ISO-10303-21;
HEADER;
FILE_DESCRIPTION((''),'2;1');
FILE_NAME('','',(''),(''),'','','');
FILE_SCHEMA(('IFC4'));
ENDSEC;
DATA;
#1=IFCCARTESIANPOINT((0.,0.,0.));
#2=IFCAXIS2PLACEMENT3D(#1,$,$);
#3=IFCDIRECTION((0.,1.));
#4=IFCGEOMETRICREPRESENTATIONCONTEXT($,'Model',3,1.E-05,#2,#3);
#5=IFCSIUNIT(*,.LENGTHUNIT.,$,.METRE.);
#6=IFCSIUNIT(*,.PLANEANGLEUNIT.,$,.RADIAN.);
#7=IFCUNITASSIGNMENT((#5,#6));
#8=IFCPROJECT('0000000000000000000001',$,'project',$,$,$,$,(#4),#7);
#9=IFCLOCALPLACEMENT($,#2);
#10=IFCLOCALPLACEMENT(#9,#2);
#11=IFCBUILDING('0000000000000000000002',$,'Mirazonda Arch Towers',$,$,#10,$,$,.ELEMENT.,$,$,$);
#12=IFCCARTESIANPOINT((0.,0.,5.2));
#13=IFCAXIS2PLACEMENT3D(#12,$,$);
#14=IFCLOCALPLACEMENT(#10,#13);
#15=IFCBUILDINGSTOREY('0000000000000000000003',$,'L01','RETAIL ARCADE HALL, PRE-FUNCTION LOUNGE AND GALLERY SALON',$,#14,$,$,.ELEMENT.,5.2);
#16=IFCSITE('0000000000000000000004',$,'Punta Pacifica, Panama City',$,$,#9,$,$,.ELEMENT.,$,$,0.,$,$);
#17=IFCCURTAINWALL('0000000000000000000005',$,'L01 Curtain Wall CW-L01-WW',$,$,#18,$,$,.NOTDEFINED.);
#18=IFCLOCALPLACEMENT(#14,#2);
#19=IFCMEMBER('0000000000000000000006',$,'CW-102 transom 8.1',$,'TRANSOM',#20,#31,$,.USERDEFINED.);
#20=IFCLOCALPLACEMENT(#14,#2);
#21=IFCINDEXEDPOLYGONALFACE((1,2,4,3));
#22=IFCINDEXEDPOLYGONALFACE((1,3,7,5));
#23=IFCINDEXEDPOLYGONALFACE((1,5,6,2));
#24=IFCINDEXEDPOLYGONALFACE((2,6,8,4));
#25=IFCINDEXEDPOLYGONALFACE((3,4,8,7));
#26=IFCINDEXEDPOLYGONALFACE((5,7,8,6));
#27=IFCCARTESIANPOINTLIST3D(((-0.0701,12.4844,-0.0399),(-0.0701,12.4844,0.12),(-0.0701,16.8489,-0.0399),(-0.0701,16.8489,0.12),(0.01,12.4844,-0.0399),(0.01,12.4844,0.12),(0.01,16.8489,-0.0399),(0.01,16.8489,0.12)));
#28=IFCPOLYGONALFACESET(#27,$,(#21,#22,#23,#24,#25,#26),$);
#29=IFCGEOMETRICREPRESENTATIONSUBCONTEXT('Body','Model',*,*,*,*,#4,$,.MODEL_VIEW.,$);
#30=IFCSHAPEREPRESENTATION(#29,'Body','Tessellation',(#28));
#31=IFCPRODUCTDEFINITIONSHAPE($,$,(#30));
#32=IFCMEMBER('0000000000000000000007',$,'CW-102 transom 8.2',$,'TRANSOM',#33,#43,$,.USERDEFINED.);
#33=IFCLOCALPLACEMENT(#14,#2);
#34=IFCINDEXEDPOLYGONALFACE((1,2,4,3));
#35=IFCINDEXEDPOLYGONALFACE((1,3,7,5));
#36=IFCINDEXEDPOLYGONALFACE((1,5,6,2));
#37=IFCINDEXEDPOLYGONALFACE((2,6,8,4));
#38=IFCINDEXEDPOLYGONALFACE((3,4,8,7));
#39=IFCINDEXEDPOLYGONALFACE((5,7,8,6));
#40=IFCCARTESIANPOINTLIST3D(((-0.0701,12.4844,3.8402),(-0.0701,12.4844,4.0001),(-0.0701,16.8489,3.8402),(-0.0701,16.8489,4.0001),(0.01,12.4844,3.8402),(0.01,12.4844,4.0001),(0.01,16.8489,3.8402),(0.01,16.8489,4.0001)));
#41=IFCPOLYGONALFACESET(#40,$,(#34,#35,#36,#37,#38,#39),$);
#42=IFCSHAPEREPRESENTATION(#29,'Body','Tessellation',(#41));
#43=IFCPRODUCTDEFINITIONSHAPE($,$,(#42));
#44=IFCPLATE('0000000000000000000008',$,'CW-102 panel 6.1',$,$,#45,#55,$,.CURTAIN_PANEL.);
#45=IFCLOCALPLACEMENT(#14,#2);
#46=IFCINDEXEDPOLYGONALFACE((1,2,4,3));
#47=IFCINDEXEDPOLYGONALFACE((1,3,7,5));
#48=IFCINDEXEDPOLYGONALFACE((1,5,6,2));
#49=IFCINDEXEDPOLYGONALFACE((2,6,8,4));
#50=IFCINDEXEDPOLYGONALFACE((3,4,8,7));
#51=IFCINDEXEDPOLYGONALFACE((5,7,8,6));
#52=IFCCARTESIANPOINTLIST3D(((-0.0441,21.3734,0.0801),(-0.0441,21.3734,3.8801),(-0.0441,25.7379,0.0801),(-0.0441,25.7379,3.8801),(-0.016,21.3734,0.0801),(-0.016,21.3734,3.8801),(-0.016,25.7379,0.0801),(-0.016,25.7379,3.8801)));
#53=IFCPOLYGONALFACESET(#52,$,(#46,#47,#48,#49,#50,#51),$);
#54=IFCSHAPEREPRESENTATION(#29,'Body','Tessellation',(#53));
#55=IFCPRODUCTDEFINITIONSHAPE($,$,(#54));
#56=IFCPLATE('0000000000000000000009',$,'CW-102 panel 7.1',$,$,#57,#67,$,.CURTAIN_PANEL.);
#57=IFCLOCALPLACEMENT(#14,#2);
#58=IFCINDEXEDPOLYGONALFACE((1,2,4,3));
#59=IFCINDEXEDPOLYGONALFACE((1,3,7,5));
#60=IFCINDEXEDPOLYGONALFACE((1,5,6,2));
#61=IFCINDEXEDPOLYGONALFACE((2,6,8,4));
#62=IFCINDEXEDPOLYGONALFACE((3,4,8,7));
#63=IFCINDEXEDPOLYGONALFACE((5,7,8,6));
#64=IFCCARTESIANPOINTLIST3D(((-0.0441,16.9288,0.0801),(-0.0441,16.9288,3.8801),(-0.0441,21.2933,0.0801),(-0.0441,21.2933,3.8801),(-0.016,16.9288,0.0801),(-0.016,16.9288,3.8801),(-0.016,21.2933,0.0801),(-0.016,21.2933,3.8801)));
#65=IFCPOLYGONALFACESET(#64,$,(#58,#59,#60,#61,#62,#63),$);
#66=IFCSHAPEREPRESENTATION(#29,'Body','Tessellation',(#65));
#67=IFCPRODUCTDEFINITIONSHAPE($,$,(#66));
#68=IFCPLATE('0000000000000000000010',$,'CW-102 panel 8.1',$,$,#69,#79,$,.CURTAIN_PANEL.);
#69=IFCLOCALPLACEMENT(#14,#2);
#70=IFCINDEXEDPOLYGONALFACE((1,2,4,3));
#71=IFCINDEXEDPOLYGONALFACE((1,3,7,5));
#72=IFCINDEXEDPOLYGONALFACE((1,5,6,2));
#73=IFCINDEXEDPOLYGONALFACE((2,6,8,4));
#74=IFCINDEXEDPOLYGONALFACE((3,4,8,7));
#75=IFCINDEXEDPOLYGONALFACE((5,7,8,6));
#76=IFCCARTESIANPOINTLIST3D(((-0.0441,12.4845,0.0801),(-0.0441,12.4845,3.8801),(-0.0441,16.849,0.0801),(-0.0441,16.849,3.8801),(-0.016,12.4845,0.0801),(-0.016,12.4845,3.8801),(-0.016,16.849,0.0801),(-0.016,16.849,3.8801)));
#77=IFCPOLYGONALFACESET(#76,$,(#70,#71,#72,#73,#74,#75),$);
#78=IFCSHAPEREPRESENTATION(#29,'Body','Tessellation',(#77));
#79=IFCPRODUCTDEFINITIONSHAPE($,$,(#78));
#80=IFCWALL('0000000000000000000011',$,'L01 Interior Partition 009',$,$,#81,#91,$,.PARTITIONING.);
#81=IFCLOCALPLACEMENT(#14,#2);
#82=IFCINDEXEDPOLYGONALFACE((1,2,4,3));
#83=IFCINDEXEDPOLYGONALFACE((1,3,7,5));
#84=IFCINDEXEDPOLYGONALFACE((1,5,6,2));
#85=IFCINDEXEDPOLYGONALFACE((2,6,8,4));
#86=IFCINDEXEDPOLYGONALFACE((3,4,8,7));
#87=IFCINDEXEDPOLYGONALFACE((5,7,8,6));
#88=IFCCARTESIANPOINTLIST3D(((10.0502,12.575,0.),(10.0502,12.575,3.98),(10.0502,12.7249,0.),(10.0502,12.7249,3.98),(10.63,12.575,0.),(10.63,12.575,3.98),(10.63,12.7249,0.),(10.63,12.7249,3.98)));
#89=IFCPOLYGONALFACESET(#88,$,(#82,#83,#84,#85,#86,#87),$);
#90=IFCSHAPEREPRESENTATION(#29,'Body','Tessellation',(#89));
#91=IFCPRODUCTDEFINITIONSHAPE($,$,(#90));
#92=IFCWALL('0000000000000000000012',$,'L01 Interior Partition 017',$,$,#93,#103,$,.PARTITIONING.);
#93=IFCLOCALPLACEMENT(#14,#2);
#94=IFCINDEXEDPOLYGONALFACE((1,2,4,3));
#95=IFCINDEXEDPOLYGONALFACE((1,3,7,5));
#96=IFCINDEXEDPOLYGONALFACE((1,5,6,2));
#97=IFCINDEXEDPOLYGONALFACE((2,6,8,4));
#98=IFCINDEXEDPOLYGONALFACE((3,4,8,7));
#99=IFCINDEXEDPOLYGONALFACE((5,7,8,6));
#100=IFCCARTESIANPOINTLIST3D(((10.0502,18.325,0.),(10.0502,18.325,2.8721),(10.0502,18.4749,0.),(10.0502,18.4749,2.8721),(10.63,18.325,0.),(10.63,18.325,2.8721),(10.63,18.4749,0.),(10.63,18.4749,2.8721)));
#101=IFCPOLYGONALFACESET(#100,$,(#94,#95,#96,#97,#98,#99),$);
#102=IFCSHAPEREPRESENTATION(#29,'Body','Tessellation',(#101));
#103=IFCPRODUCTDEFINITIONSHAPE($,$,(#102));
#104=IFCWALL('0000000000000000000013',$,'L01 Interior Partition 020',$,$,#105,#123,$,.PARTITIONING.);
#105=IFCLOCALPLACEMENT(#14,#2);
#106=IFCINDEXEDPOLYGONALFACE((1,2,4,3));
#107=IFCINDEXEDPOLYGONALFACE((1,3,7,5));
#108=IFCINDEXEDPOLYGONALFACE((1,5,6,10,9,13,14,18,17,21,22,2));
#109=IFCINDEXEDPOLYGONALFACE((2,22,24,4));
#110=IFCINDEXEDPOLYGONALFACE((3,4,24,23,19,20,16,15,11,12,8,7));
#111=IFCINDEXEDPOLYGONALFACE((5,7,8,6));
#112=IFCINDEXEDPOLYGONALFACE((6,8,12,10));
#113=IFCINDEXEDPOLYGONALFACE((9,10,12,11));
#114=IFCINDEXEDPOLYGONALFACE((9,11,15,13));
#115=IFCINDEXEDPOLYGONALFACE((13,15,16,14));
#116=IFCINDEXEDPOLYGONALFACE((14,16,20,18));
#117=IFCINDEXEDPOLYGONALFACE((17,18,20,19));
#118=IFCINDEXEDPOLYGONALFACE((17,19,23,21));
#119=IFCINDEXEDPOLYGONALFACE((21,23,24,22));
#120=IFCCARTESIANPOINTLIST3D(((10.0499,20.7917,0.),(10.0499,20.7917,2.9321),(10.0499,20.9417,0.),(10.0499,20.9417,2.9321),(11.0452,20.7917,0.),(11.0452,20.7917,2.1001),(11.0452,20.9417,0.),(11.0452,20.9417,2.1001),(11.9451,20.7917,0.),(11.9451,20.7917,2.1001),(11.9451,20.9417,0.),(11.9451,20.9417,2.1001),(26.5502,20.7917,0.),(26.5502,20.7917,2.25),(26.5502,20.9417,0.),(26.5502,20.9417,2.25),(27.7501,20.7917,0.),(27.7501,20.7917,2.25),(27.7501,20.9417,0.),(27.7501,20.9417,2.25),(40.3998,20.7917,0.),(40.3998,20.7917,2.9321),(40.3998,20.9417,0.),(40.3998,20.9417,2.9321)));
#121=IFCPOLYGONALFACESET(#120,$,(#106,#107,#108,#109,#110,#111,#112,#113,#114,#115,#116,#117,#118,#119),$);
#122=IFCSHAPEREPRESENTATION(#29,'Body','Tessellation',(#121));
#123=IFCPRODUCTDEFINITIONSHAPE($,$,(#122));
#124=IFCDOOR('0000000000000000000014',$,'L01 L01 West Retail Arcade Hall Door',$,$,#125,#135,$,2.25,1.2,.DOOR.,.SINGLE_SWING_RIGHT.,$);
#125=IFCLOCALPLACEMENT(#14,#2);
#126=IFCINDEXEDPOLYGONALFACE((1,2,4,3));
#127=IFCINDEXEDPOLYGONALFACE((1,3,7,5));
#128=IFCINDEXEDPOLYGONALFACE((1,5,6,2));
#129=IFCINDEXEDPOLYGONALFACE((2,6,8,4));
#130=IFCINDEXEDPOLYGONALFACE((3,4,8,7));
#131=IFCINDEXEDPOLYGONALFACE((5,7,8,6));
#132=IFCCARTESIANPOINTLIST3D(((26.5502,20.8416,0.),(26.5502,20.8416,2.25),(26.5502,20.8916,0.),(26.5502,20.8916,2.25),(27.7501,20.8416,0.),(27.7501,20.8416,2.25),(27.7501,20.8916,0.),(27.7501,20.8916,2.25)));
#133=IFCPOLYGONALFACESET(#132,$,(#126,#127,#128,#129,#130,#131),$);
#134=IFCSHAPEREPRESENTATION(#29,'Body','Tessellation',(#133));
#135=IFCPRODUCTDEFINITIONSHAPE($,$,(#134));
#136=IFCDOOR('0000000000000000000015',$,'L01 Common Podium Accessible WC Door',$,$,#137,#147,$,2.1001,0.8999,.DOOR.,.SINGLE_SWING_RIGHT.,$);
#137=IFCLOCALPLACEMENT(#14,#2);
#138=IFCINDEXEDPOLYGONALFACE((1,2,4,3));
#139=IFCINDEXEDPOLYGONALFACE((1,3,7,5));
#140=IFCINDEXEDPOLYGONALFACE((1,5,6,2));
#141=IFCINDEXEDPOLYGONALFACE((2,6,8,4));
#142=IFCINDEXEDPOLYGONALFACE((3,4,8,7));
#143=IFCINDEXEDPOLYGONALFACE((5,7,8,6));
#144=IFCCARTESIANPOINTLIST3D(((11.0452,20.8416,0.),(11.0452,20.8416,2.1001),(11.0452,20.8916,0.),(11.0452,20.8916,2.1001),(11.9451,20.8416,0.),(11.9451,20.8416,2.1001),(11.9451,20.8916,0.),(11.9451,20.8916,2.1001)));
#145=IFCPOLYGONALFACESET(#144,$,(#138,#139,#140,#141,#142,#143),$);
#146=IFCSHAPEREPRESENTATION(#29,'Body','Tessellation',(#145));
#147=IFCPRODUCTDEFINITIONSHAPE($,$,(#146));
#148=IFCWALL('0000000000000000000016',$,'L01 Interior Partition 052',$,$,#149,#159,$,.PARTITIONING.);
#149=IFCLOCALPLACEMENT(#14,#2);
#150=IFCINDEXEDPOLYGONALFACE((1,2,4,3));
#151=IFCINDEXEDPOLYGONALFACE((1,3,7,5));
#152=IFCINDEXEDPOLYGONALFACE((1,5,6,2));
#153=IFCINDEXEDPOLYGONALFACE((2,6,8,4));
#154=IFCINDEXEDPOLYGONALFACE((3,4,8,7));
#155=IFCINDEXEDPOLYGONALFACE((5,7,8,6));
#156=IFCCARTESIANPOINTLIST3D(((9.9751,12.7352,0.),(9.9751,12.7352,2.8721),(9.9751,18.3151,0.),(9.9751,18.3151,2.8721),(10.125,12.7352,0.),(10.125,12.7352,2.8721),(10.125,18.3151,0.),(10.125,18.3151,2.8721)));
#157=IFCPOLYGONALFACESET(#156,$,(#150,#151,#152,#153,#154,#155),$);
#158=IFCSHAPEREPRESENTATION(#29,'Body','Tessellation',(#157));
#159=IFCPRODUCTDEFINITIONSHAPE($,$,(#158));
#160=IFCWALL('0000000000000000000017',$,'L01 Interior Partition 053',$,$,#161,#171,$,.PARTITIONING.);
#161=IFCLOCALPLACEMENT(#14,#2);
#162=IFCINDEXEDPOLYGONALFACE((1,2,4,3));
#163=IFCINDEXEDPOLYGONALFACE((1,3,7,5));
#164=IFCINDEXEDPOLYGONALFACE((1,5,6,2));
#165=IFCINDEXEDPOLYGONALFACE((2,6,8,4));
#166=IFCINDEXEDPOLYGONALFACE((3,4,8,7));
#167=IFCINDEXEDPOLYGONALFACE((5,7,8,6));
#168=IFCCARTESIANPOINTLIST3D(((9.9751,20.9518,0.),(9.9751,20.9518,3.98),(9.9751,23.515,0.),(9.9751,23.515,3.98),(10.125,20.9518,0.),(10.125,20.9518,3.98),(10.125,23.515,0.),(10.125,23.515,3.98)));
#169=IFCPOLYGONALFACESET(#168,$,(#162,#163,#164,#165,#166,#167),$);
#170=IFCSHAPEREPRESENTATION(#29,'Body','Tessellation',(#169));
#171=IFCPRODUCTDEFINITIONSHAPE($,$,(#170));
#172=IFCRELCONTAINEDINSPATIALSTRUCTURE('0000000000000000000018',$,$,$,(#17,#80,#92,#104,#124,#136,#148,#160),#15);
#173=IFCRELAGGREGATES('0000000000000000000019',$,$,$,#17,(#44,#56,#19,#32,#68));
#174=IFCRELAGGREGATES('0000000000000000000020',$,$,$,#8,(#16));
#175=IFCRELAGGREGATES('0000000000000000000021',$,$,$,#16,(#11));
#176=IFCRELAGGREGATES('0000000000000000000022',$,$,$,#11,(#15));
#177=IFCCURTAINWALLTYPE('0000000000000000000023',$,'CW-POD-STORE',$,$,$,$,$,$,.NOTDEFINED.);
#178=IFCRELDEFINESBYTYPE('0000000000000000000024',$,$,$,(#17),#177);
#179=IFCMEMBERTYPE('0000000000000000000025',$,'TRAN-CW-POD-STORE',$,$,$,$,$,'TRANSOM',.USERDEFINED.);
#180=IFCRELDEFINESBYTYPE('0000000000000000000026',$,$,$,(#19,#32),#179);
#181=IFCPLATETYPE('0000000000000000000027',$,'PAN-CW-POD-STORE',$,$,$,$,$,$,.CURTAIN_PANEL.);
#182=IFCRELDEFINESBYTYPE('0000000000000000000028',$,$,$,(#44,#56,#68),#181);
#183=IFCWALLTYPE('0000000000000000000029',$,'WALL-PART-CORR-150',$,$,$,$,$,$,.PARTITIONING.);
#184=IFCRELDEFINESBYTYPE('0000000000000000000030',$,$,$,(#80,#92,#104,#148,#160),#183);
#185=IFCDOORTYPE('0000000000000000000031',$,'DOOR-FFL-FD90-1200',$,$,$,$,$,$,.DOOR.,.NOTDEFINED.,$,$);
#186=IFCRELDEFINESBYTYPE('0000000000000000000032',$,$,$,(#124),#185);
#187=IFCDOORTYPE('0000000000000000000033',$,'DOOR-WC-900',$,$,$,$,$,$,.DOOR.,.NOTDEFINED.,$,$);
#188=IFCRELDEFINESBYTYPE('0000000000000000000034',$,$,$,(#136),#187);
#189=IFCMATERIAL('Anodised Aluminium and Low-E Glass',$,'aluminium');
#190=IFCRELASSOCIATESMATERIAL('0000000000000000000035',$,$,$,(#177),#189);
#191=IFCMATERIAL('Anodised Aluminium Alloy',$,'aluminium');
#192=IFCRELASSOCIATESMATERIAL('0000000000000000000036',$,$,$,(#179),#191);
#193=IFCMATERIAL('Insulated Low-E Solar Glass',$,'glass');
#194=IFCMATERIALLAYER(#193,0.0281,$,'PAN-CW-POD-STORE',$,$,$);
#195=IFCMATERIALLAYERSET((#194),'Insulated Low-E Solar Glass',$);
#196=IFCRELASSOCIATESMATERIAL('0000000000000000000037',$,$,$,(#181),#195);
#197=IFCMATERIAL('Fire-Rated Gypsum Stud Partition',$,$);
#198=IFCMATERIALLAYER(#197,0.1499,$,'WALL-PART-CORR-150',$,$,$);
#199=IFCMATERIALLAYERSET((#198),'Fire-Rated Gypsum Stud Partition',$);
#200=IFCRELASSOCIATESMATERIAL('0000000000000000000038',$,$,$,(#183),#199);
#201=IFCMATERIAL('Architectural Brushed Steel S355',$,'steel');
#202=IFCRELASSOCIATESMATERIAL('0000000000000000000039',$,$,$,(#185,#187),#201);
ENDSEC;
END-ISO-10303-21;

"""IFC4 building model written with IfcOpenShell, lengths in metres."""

from ifc_helpers import new_model, si_unit, direction, frame, frame_2d, origin, origin_2d, place, context, subcontext, project, spatial, rectangle, extrude, material, layer, layer_set, material_profile, profile_set, type_object, element, fill, aggregate, save


model = new_model("IFC4")

# Units and contexts
model_context = context("Model", 3, precision=1e-05, world=origin(), true_north=direction((0.0, 1.0)))
body_context = subcontext(model_context, "Body", "Model", "MODEL_VIEW")
ifc_project = project(units=[si_unit("LENGTHUNIT", "METRE"), si_unit("PLANEANGLEUNIT", "RADIAN")], contexts=[model_context])

# Site, building, storey
site_placement = place(None, origin())
site = spatial("IfcSite", under=ifc_project, at=site_placement, Name="Punta Pacifica, Panama City", CompositionType="ELEMENT", RefElevation=0.0)
building_placement = place(site_placement, origin())
building = spatial("IfcBuilding", under=site, at=building_placement, Name="Mirazonda Arch Towers", CompositionType="ELEMENT")
storey_placement = place(building_placement, frame((0.0, 0.0, 5.2)))
storey = spatial("IfcBuildingStorey", under=building, at=storey_placement, Name="L01", Description="RETAIL ARCADE HALL, PRE-FUNCTION LOUNGE AND GALLERY SALON", CompositionType="ELEMENT", Elevation=5.2)

# Curtain wall, members, plates
ifc_material_1 = material(Name="Anodised Aluminium and Low-E Glass", Category="aluminium")
curtain_wall_type = type_object("IfcCurtainWallType", Name="CW-POD-STORE", PredefinedType="NOTDEFINED", material=ifc_material_1)
curtain_wall_placement = place(storey_placement, origin())
curtain_wall = element("IfcCurtainWall", 1, at=curtain_wall_placement, inside=storey, type_object=curtain_wall_type, Name="L01 Curtain Wall CW-L01-WW", PredefinedType="NOTDEFINED")
ifc_material_2 = material(Name="Anodised Aluminium Alloy", Category="aluminium")
ifc_material_profile_1 = material_profile(ifc_material_2, rectangle(XDim=0.0801, YDim=0.1599, at=origin_2d()), Name="ALU-TRAN-80x160")
ifc_profile_set_1 = profile_set([ifc_material_profile_1], Name="Anodised Aluminium Alloy")
member_type_1 = type_object("IfcMemberType", Name="TRAN-CW-POD-STORE", ElementType="TRANSOM", PredefinedType="USERDEFINED", material=ifc_profile_set_1)
member_1_placement = place(storey_placement, frame((-0.03, 16.8489, 0.04), z_axis=(0.0, -1.0, 0.0), x_axis=(1.0, 0.0, 0.0)))
member_1 = element("IfcMember", 2, at=member_1_placement, type_object=member_type_1, Name="CW-102 transom 8.1", ObjectType="TRANSOM", PredefinedType="USERDEFINED", context=body_context, shape_type="SweptSolid", body=[
    extrude(rectangle(XDim=0.0801, YDim=0.1599, at=origin_2d()), origin(), (0.0, 0.0, 1.0), 4.3645),
])
member_2_placement = place(storey_placement, frame((-0.03, 16.8489, 3.9202), z_axis=(0.0, -1.0, 0.0), x_axis=(1.0, 0.0, 0.0)))
member_2 = element("IfcMember", 3, at=member_2_placement, type_object=member_type_1, Name="CW-102 transom 8.2", ObjectType="TRANSOM", PredefinedType="USERDEFINED", context=body_context, shape_type="SweptSolid", body=[
    extrude(rectangle(XDim=0.0801, YDim=0.1599, at=origin_2d()), origin(), (0.0, 0.0, 1.0), 4.3645),
])
ifc_material_3 = material(Name="Insulated Low-E Solar Glass", Category="glass")
ifc_layer_1 = layer(ifc_material_3, 0.0281, Name="PAN-CW-POD-STORE")
ifc_layer_set_1 = layer_set([ifc_layer_1], Name="Insulated Low-E Solar Glass")
plate_type = type_object("IfcPlateType", Name="PAN-CW-POD-STORE", PredefinedType="CURTAIN_PANEL", material=ifc_layer_set_1)
plate_1_placement = place(storey_placement, frame((-0.03, 23.5557, 0.0801), z_axis=(0.0, 0.0, 1.0), x_axis=(0.0, -1.0, 0.0)))
plate_1 = element("IfcPlate", 4, at=plate_1_placement, type_object=plate_type, Name="CW-102 panel 6.1", PredefinedType="CURTAIN_PANEL", context=body_context, shape_type="SweptSolid", body=[
    extrude(rectangle(XDim=4.3645, YDim=0.0281, at=origin_2d()), origin(), (0.0, 0.0, 1.0), 3.8),
])
plate_2_placement = place(storey_placement, frame((-0.03, 19.1111, 0.0801), z_axis=(0.0, 0.0, 1.0), x_axis=(0.0, -1.0, 0.0)))
plate_2 = element("IfcPlate", 5, at=plate_2_placement, type_object=plate_type, Name="CW-102 panel 7.1", PredefinedType="CURTAIN_PANEL", context=body_context, shape_type="SweptSolid", body=[
    extrude(rectangle(XDim=4.3645, YDim=0.0281, at=origin_2d()), origin(), (0.0, 0.0, 1.0), 3.8),
])
plate_3_placement = place(storey_placement, frame((-0.03, 14.6667, 0.0801), z_axis=(0.0, 0.0, 1.0), x_axis=(0.0, -1.0, 0.0)))
plate_3 = element("IfcPlate", 6, at=plate_3_placement, type_object=plate_type, Name="CW-102 panel 8.1", PredefinedType="CURTAIN_PANEL", context=body_context, shape_type="SweptSolid", body=[
    extrude(rectangle(XDim=4.3645, YDim=0.0281, at=origin_2d()), origin(), (0.0, 0.0, 1.0), 3.8),
])
aggregate(curtain_wall, [plate_1, plate_2, member_1, member_2, plate_3])

# Walls
ifc_material_4 = material(Name="Fire-Rated Gypsum Stud Partition")
ifc_layer_2 = layer(ifc_material_4, 0.1499, Name="WALL-PART-CORR-150")
ifc_layer_set_2 = layer_set([ifc_layer_2], Name="Fire-Rated Gypsum Stud Partition")
wall_type = type_object("IfcWallType", Name="WALL-PART-CORR-150", PredefinedType="PARTITIONING", material=ifc_layer_set_2)
wall_1_placement = place(storey_placement, frame((10.05, 12.6499, 0.0), z_axis=(0.0, 0.0, 1.0), x_axis=(1.0, 0.0, 0.0)))
element("IfcWall", 7, at=wall_1_placement, inside=storey, type_object=wall_type, Name="L01 Interior Partition 009", PredefinedType="PARTITIONING", context=body_context, shape_type="SweptSolid", body=[
    extrude(rectangle(XDim=0.5798, YDim=0.1499, at=frame_2d((0.29, 0.0))), origin(), (0.0, 0.0, 1.0), 3.98),
])
wall_2_placement = place(storey_placement, frame((10.05, 18.3999, 0.0), z_axis=(0.0, 0.0, 1.0), x_axis=(1.0, 0.0, 0.0)))
element("IfcWall", 8, at=wall_2_placement, inside=storey, type_object=wall_type, Name="L01 Interior Partition 017", PredefinedType="PARTITIONING", context=body_context, shape_type="SweptSolid", body=[
    extrude(rectangle(XDim=0.5798, YDim=0.1499, at=frame_2d((0.29, 0.0))), origin(), (0.0, 0.0, 1.0), 2.8721),
])

# Wall, openings, doors
wall_3_placement = place(storey_placement, frame((10.05, 20.8667, 0.0), z_axis=(0.0, 0.0, 1.0), x_axis=(1.0, 0.0, 0.0)))
wall_3 = element("IfcWall", 9, at=wall_3_placement, inside=storey, type_object=wall_type, Name="L01 Interior Partition 020", PredefinedType="PARTITIONING", context=body_context, shape_type="SweptSolid", body=[
    extrude(rectangle(XDim=30.3499, YDim=0.1499, at=frame_2d((15.1748, 0.0))), origin(), (0.0, 0.0, 1.0), 2.9321),
])
opening_1_placement = place(wall_3_placement, frame((0.9951, 0.0, 0.0)))
opening_1 = element("IfcOpeningElement", 10, at=opening_1_placement, cuts=wall_3, PredefinedType="OPENING", context=body_context, shape_type="SweptSolid", body=[
    extrude(rectangle(XDim=0.8999, YDim=2.1001, at=frame_2d((0.45, 1.05))), frame((0.0, 0.085, 0.0), z_axis=(0.0, -1.0, 0.0), x_axis=(1.0, 0.0, 0.0)), (0.0, 0.0, 1.0), 0.1699),
])
opening_2_placement = place(wall_3_placement, frame((16.5, 0.0, 0.0)))
opening_2 = element("IfcOpeningElement", 11, at=opening_2_placement, cuts=wall_3, PredefinedType="OPENING", context=body_context, shape_type="SweptSolid", body=[
    extrude(rectangle(XDim=1.2, YDim=2.25, at=frame_2d((0.6001, 1.125))), frame((0.0, 0.085, 0.0), z_axis=(0.0, -1.0, 0.0), x_axis=(1.0, 0.0, 0.0)), (0.0, 0.0, 1.0), 0.1699),
])
ifc_material_5 = material(Name="Architectural Brushed Steel S355", Category="steel")
door_type_1 = type_object("IfcDoorType", Name="DOOR-FFL-FD90-1200", OperationType="NOTDEFINED", PredefinedType="DOOR", material=ifc_material_5)
door_1_placement = place(opening_2_placement, origin())
door_1 = element("IfcDoor", 12, at=door_1_placement, inside=storey, type_object=door_type_1, Name="L01 L01 West Retail Arcade Hall Door", OperationType="SINGLE_SWING_RIGHT", OverallHeight=2.25, OverallWidth=1.2, PredefinedType="DOOR", context=body_context, shape_type="SweptSolid", body=[
    extrude(rectangle(XDim=1.2, YDim=2.25, at=frame_2d((0.6001, 1.125))), frame((0.0, 0.0249, 0.0), z_axis=(0.0, -1.0, 0.0), x_axis=(1.0, 0.0, 0.0)), (0.0, 0.0, 1.0), 0.05),
])
fill(opening_2, door_1)
door_type_2 = type_object("IfcDoorType", Name="DOOR-WC-900", OperationType="NOTDEFINED", PredefinedType="DOOR", material=ifc_material_5)
door_2_placement = place(opening_1_placement, origin())
door_2 = element("IfcDoor", 13, at=door_2_placement, inside=storey, type_object=door_type_2, Name="L01 Common Podium Accessible WC Door", OperationType="SINGLE_SWING_RIGHT", OverallHeight=2.1001, OverallWidth=0.8999, PredefinedType="DOOR", context=body_context, shape_type="SweptSolid", body=[
    extrude(rectangle(XDim=0.8999, YDim=2.1001, at=frame_2d((0.45, 1.05))), frame((0.0, 0.0249, 0.0), z_axis=(0.0, -1.0, 0.0), x_axis=(1.0, 0.0, 0.0)), (0.0, 0.0, 1.0), 0.05),
])
fill(opening_1, door_2)

# Walls
wall_4_placement = place(storey_placement, frame((10.05, 12.7351, 0.0), z_axis=(0.0, 0.0, 1.0), x_axis=(0.0, 1.0, 0.0)))
element("IfcWall", 14, at=wall_4_placement, inside=storey, type_object=wall_type, Name="L01 Interior Partition 052", PredefinedType="PARTITIONING", context=body_context, shape_type="SweptSolid", body=[
    extrude(rectangle(XDim=5.5798, YDim=0.1499, at=frame_2d((2.79, 0.0))), origin(), (0.0, 0.0, 1.0), 2.8721),
])
wall_5_placement = place(storey_placement, frame((10.05, 20.9517, 0.0), z_axis=(0.0, 0.0, 1.0), x_axis=(0.0, 1.0, 0.0)))
element("IfcWall", 15, at=wall_5_placement, inside=storey, type_object=wall_type, Name="L01 Interior Partition 053", PredefinedType="PARTITIONING", context=body_context, shape_type="SweptSolid", body=[
    extrude(rectangle(XDim=2.5632, YDim=0.1499, at=frame_2d((1.2817, 0.0))), origin(), (0.0, 0.0, 1.0), 3.98),
])

save(model, "model.ifc")
